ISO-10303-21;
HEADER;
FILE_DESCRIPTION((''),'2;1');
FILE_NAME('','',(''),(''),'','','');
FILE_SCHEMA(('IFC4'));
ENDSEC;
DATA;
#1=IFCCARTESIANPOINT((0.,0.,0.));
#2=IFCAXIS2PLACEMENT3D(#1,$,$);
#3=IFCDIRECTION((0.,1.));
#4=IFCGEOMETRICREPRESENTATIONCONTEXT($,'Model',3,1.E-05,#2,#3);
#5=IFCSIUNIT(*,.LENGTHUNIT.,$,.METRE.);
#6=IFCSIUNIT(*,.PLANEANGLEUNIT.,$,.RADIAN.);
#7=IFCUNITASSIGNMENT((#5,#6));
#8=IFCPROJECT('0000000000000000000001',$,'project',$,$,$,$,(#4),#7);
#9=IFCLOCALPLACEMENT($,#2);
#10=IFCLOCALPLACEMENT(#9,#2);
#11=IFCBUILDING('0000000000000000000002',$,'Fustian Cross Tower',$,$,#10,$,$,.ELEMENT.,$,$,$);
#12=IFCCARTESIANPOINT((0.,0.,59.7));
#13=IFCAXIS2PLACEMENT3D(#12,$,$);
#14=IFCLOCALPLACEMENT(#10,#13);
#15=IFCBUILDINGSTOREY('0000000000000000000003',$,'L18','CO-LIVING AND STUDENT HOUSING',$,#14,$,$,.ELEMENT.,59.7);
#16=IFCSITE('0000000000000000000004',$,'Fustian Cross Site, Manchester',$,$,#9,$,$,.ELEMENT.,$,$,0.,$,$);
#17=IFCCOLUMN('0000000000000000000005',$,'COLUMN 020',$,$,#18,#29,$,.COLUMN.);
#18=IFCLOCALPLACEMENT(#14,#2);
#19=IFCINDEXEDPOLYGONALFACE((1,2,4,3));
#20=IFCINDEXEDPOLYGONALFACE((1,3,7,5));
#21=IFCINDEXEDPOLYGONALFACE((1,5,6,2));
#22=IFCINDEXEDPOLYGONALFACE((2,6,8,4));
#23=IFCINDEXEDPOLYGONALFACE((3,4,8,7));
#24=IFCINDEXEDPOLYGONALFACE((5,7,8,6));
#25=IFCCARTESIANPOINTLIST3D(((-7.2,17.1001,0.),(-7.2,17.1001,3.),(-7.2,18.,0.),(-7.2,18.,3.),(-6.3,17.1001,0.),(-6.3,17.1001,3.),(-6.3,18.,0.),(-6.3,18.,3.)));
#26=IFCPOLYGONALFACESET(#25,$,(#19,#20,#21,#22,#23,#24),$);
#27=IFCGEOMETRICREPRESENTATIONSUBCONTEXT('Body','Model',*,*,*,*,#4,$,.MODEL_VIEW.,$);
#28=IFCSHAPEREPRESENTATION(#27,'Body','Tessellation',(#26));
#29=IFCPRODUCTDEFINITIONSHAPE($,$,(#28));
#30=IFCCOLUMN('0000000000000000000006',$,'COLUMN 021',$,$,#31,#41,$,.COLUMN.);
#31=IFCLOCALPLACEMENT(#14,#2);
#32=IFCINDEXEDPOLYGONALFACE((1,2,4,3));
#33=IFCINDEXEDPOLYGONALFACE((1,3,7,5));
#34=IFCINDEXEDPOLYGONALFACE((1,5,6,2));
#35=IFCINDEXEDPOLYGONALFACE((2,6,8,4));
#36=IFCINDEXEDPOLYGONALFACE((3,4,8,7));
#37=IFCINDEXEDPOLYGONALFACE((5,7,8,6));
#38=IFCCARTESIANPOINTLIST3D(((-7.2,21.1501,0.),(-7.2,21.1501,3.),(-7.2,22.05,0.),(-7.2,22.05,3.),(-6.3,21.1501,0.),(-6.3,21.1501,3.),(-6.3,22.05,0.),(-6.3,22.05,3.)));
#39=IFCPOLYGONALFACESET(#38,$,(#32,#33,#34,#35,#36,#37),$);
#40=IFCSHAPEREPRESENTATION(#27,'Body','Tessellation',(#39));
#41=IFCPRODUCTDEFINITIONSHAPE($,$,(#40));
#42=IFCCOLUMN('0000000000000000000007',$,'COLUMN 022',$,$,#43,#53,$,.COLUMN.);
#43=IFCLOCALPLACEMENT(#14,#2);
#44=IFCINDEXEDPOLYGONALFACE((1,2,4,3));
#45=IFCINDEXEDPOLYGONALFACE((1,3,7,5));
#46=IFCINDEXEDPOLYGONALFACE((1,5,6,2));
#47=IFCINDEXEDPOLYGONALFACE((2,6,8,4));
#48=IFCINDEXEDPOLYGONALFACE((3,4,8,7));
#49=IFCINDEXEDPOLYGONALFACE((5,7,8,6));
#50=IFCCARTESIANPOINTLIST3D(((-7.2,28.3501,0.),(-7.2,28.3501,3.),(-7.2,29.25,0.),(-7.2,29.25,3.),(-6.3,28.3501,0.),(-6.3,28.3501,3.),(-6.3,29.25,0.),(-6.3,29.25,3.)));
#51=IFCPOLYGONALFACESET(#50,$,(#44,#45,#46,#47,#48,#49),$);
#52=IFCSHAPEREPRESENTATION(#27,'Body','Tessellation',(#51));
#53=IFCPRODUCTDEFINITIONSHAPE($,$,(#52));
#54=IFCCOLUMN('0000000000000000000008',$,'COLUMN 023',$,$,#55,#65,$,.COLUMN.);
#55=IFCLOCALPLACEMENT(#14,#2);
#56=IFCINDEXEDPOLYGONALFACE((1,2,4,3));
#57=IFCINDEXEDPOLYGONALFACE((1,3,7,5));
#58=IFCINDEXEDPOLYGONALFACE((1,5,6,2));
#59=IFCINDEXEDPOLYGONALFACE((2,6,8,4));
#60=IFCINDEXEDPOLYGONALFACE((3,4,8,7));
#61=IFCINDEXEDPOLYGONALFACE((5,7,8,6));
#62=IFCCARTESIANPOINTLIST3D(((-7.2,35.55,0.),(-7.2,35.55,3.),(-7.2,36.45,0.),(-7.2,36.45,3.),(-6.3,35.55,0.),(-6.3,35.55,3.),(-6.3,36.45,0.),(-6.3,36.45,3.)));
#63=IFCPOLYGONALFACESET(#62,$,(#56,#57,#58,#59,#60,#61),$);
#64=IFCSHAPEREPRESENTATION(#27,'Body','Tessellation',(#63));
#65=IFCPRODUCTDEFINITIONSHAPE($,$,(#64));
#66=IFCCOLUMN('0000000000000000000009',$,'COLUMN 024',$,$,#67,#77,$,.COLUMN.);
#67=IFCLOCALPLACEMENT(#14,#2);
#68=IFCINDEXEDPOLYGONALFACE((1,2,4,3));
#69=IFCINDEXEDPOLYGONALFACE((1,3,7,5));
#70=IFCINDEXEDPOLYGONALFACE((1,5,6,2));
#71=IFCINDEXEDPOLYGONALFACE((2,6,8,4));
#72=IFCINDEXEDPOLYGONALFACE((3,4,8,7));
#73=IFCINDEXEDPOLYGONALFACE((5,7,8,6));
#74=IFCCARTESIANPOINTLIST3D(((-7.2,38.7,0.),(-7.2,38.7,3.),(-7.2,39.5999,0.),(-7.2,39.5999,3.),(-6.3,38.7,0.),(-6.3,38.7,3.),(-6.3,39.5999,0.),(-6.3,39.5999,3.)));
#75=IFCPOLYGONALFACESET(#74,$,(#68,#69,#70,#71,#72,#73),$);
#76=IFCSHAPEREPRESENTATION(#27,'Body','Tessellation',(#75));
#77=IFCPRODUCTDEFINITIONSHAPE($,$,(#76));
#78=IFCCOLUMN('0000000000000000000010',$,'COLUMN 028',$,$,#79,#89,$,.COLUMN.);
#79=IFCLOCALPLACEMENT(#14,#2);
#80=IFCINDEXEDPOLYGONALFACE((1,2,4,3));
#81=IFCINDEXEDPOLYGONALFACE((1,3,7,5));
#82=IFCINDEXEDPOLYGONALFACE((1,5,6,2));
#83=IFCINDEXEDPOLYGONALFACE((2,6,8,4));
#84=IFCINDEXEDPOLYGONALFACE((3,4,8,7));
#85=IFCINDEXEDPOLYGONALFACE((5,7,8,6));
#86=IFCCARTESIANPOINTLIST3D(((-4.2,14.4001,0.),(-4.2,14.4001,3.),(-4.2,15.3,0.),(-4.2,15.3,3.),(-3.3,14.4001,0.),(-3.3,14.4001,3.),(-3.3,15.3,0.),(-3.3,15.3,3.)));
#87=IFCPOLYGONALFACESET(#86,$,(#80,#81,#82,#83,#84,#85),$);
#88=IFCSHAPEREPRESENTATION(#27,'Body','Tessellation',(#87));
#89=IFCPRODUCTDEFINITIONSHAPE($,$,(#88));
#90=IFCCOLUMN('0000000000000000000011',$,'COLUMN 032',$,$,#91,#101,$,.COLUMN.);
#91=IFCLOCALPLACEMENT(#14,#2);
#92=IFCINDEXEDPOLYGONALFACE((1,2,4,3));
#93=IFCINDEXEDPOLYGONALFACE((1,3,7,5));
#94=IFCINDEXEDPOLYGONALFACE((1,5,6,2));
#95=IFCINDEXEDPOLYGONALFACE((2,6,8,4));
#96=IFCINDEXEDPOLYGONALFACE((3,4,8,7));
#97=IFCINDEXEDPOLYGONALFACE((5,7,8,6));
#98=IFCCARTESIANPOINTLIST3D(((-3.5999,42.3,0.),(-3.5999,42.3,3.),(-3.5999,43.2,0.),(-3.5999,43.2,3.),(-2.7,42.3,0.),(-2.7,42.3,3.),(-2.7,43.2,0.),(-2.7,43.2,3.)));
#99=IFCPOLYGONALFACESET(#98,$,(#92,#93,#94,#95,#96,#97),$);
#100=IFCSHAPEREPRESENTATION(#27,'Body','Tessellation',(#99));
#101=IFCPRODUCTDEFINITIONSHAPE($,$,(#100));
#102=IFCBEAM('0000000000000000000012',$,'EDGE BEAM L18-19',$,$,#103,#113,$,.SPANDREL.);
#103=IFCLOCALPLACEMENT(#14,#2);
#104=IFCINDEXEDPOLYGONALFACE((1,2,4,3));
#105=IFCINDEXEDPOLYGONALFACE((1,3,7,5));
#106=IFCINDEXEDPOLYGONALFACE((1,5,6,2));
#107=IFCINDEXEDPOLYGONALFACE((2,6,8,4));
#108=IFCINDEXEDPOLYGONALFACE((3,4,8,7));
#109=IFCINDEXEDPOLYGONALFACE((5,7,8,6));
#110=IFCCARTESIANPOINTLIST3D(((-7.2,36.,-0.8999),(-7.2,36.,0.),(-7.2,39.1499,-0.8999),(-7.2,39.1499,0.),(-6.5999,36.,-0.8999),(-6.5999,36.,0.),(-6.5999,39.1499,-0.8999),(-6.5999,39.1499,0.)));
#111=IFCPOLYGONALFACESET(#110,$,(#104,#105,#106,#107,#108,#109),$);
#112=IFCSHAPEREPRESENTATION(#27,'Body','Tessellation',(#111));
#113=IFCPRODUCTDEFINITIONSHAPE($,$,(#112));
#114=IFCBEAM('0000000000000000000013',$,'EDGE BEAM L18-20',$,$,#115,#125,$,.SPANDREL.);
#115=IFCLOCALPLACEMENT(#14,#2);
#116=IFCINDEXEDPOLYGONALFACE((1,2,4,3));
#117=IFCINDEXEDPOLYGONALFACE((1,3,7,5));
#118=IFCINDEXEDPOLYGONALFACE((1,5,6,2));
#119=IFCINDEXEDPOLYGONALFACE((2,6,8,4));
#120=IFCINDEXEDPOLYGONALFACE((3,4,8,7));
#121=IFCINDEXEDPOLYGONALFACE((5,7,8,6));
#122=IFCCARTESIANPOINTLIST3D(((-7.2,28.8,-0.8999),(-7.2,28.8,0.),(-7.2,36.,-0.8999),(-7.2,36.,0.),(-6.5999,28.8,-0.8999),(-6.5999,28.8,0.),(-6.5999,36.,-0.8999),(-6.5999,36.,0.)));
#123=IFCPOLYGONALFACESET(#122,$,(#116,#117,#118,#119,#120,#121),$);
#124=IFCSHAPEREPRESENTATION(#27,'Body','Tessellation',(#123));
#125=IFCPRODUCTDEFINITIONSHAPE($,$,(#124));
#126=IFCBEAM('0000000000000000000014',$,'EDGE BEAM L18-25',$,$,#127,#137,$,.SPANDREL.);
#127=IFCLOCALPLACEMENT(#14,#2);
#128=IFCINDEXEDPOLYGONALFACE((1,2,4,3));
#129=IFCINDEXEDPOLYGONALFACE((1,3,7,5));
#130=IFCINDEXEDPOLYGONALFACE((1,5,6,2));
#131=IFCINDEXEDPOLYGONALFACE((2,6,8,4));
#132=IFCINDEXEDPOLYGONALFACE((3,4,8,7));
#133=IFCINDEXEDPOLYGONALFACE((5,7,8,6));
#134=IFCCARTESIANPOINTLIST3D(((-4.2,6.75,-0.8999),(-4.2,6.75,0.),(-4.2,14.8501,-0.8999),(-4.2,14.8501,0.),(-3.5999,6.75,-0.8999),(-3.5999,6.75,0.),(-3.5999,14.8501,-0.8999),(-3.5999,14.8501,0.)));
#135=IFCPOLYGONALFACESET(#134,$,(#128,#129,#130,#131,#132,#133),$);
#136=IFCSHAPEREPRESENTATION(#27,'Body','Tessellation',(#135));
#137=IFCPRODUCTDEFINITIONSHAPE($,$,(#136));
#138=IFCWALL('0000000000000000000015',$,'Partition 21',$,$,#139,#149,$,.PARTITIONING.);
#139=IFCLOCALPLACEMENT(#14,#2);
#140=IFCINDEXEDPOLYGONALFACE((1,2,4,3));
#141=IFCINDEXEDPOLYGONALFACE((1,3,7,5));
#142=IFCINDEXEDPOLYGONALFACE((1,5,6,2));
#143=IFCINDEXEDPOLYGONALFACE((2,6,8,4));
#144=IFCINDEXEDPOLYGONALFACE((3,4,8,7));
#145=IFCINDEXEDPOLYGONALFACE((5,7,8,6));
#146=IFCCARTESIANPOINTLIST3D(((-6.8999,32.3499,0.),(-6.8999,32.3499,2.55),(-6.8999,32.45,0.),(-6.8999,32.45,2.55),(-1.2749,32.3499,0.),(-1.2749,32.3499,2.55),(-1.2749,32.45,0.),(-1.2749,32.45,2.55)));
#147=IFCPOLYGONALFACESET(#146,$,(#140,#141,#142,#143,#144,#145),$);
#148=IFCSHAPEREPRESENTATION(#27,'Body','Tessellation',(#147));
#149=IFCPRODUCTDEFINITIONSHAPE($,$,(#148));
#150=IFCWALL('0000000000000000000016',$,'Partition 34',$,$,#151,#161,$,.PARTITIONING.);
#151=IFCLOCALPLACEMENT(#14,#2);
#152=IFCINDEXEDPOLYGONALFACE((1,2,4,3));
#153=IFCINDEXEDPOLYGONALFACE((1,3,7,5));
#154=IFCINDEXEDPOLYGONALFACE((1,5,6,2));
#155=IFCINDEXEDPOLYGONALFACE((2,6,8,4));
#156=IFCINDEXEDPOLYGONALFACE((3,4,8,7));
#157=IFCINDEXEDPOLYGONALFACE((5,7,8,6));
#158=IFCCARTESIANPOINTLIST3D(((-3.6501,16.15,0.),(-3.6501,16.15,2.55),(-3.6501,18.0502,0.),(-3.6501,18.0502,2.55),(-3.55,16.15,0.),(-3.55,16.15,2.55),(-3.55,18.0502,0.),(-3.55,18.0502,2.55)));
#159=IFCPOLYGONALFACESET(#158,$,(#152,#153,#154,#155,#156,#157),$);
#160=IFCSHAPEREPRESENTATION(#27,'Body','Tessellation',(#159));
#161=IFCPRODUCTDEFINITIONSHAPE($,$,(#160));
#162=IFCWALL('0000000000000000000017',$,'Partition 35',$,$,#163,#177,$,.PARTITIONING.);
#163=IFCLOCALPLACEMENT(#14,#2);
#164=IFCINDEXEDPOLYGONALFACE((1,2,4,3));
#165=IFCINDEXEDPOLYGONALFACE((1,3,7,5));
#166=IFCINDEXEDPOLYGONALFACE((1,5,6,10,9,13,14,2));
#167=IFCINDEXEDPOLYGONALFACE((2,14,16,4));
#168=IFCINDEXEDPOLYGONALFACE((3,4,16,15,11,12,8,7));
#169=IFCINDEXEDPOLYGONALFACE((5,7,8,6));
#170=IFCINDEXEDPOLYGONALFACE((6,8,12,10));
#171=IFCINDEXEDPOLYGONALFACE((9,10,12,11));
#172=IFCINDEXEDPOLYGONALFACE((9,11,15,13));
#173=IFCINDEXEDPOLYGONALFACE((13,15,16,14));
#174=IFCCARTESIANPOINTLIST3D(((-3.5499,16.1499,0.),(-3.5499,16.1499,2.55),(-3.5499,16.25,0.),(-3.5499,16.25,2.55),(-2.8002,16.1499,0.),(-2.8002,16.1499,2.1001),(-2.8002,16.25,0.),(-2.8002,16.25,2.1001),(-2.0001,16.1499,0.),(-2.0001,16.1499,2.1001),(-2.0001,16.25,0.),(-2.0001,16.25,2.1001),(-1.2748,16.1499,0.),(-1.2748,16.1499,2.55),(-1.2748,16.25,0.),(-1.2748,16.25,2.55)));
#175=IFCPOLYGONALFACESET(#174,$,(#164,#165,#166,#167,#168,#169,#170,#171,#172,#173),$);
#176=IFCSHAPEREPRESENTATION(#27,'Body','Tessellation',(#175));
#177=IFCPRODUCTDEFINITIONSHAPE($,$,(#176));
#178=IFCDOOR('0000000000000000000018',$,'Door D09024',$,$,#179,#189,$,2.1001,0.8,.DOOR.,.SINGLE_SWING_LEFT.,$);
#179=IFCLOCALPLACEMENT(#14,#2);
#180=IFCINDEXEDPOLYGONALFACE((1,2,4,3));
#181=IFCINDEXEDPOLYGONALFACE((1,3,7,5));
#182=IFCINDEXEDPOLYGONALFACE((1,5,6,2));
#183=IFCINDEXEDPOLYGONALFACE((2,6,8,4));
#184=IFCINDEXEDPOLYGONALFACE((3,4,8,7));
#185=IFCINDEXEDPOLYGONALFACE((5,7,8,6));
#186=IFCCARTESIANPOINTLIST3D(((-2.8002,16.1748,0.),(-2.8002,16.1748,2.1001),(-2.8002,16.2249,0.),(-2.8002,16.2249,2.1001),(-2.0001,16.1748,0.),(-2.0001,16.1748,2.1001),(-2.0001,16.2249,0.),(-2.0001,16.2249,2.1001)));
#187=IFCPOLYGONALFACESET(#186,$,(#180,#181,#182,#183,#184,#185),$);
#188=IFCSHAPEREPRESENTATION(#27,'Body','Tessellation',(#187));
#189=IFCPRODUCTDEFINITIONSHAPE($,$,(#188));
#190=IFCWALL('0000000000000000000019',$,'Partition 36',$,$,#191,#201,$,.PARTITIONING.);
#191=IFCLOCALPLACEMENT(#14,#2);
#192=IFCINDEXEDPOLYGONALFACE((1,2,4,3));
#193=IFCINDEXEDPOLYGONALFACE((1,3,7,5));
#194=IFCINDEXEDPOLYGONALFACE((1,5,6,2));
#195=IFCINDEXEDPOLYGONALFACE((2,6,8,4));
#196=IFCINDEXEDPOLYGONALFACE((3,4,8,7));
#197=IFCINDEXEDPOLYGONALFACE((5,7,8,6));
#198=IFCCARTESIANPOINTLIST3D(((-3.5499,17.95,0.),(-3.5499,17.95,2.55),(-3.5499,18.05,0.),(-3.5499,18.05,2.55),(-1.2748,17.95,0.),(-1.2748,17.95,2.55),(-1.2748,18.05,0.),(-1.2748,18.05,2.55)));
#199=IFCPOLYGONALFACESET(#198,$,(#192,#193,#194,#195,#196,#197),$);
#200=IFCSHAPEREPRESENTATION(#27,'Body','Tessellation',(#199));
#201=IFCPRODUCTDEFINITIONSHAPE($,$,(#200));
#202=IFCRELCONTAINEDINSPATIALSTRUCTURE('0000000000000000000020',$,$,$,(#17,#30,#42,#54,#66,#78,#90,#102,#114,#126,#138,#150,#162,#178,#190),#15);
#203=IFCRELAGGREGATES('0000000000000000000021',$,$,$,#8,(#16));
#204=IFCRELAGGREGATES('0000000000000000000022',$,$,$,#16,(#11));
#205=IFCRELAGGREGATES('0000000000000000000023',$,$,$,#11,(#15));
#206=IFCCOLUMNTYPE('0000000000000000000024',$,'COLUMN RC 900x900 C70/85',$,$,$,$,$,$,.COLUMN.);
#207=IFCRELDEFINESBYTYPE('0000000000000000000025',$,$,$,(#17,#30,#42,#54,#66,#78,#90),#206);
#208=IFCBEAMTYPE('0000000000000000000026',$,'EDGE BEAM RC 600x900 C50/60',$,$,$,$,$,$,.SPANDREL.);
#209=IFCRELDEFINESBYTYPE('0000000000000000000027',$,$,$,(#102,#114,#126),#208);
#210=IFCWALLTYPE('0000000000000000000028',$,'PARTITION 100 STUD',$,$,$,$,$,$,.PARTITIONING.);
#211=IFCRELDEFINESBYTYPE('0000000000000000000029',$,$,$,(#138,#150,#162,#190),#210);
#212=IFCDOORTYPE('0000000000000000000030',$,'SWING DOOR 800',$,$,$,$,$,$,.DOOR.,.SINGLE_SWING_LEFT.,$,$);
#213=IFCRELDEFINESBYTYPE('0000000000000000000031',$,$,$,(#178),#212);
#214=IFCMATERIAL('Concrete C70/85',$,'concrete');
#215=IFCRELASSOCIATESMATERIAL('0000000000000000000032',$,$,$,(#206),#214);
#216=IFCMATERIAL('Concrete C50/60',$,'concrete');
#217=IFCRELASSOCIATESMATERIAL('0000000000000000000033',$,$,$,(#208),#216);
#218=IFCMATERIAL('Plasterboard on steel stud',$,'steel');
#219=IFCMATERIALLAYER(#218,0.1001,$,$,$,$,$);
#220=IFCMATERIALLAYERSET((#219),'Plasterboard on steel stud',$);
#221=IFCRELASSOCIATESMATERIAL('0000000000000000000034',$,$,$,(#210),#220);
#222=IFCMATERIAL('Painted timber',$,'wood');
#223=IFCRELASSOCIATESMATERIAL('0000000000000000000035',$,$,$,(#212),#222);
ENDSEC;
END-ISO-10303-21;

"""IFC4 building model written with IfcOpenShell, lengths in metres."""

from ifc_helpers import new_model, si_unit, direction, frame, frame_2d, origin, origin_2d, place, context, subcontext, project, spatial, rectangle, extrude, material, layer, layer_set, material_profile, profile_set, type_object, element, fill, save


model = new_model("IFC4")

# Units and contexts
model_context = context("Model", 3, precision=1e-05, world=origin(), true_north=direction((0.0, 1.0)))
body_context = subcontext(model_context, "Body", "Model", "MODEL_VIEW")
ifc_project = project(units=[si_unit("LENGTHUNIT", "METRE"), si_unit("PLANEANGLEUNIT", "RADIAN")], contexts=[model_context])

# Site, building, storey
site_placement = place(None, origin())
site = spatial("IfcSite", under=ifc_project, at=site_placement, Name="Fustian Cross Site, Manchester", CompositionType="ELEMENT", RefElevation=0.0)
building_placement = place(site_placement, origin())
building = spatial("IfcBuilding", under=site, at=building_placement, Name="Fustian Cross Tower", CompositionType="ELEMENT")
storey_placement = place(building_placement, frame((0.0, 0.0, 59.7)))
storey = spatial("IfcBuildingStorey", under=building, at=storey_placement, Name="L18", Description="CO-LIVING AND STUDENT HOUSING", CompositionType="ELEMENT", Elevation=59.7)

# Columns
ifc_material_1 = material(Name="Concrete C70/85", Category="concrete")
ifc_material_profile_1 = material_profile(ifc_material_1, rectangle(XDim=0.8999, YDim=0.8999, at=origin_2d()), Name="RC 900x900")
ifc_profile_set_1 = profile_set([ifc_material_profile_1], Name="Concrete C70/85")
column_type = type_object("IfcColumnType", Name="COLUMN RC 900x900 C70/85", PredefinedType="COLUMN", material=ifc_profile_set_1)
for number, where, z_axis, x_axis, name in (
    (1, (-6.75, 17.55, 0.0), (0.0, 0.0, 1.0), (1.0, 0.0, 0.0), "COLUMN 020"),
    (2, (-6.75, 21.6001, 0.0), (0.0, 0.0, 1.0), (1.0, 0.0, 0.0), "COLUMN 021"),
    (3, (-6.75, 28.8, 0.0), (0.0, 0.0, 1.0), (1.0, 0.0, 0.0), "COLUMN 022"),
    (4, (-6.75, 36.0, 0.0), (0.0, 0.0, 1.0), (1.0, 0.0, 0.0), "COLUMN 023"),
    (5, (-6.75, 39.1499, 0.0), (0.0, 0.0, 1.0), (1.0, 0.0, 0.0), "COLUMN 024"),
    (6, (-3.75, 14.8501, 0.0), (0.0, 0.0, 1.0), (1.0, 0.0, 0.0), "COLUMN 028"),
    (7, (-3.1499, 42.75, 0.0), (0.0, 0.0, 1.0), (1.0, 0.0, 0.0), "COLUMN 032"),
):
    element("IfcColumn", number, at=place(storey_placement, frame(where, z_axis=z_axis, x_axis=x_axis)), inside=storey, type_object=column_type, Name=name, PredefinedType="COLUMN", context=body_context, shape_type="SweptSolid", body=[
        extrude(rectangle(XDim=0.8999, YDim=0.8999, at=origin_2d()), origin(), (0.0, 0.0, 1.0), 3.0),
    ])

# Beams
ifc_material_2 = material(Name="Concrete C50/60", Category="concrete")
ifc_material_profile_2 = material_profile(ifc_material_2, rectangle(XDim=0.6001, YDim=0.8999, at=origin_2d()), Name="RC 600x900")
ifc_profile_set_2 = profile_set([ifc_material_profile_2], Name="Concrete C50/60")
beam_type = type_object("IfcBeamType", Name="EDGE BEAM RC 600x900 C50/60", PredefinedType="SPANDREL", material=ifc_profile_set_2)
beam_1_placement = place(storey_placement, frame((-6.8999, 39.1499, -0.45), z_axis=(0.0, -1.0, 0.0), x_axis=(1.0, 0.0, 0.0)))
element("IfcBeam", 8, at=beam_1_placement, inside=storey, type_object=beam_type, Name="EDGE BEAM L18-19", PredefinedType="SPANDREL", context=body_context, shape_type="SweptSolid", body=[
    extrude(rectangle(XDim=0.6001, YDim=0.8999, at=origin_2d()), origin(), (0.0, 0.0, 1.0), 3.1499),
])
beam_2_placement = place(storey_placement, frame((-6.8999, 36.0, -0.45), z_axis=(0.0, -1.0, 0.0), x_axis=(1.0, 0.0, 0.0)))
element("IfcBeam", 9, at=beam_2_placement, inside=storey, type_object=beam_type, Name="EDGE BEAM L18-20", PredefinedType="SPANDREL", context=body_context, shape_type="SweptSolid", body=[
    extrude(rectangle(XDim=0.6001, YDim=0.8999, at=origin_2d()), origin(), (0.0, 0.0, 1.0), 7.2),
])
beam_3_placement = place(storey_placement, frame((-3.8999, 14.8501, -0.45), z_axis=(0.0, -1.0, 0.0), x_axis=(1.0, 0.0, 0.0)))
element("IfcBeam", 10, at=beam_3_placement, inside=storey, type_object=beam_type, Name="EDGE BEAM L18-25", PredefinedType="SPANDREL", context=body_context, shape_type="SweptSolid", body=[
    extrude(rectangle(XDim=0.6001, YDim=0.8999, at=origin_2d()), origin(), (0.0, 0.0, 1.0), 8.1001),
])

# Walls
ifc_material_3 = material(Name="Plasterboard on steel stud", Category="steel")
ifc_layer_1 = layer(ifc_material_3, 0.1001)
ifc_layer_set_1 = layer_set([ifc_layer_1], Name="Plasterboard on steel stud")
wall_type_1 = type_object("IfcWallType", Name="PARTITION 100 STUD", PredefinedType="PARTITIONING", material=ifc_layer_set_1)
wall_1_placement = place(storey_placement, frame((-6.8999, 32.3999, 0.0), z_axis=(0.0, 0.0, 1.0), x_axis=(1.0, 0.0, 0.0)))
element("IfcWall", 11, at=wall_1_placement, inside=storey, type_object=wall_type_1, Name="Partition 21", PredefinedType="PARTITIONING", context=body_context, shape_type="SweptSolid", body=[
    extrude(rectangle(XDim=5.625, YDim=0.1001, at=frame_2d((2.8125, 0.0))), origin(), (0.0, 0.0, 1.0), 2.55),
])
wall_2_placement = place(storey_placement, frame((-3.6001, 16.1499, 0.0), z_axis=(0.0, 0.0, 1.0), x_axis=(0.0, 1.0, 0.0)))
element("IfcWall", 12, at=wall_2_placement, inside=storey, type_object=wall_type_1, Name="Partition 34", PredefinedType="PARTITIONING", context=body_context, shape_type="SweptSolid", body=[
    extrude(rectangle(XDim=1.9001, YDim=0.1001, at=frame_2d((0.9502, 0.0))), origin(), (0.0, 0.0, 1.0), 2.55),
])

# Wall, opening, door
wall_3_placement = place(storey_placement, frame((-3.55, 16.2, 0.0), z_axis=(0.0, 0.0, 1.0), x_axis=(1.0, 0.0, 0.0)))
wall_3 = element("IfcWall", 13, at=wall_3_placement, inside=storey, type_object=wall_type_1, Name="Partition 35", PredefinedType="PARTITIONING", context=body_context, shape_type="SweptSolid", body=[
    extrude(rectangle(XDim=2.2751, YDim=0.1001, at=frame_2d((1.1377, 0.0))), origin(), (0.0, 0.0, 1.0), 2.55),
])
opening_1_placement = place(wall_3_placement, frame((0.75, 0.0, 0.0)))
opening_1 = element("IfcOpeningElement", 14, at=opening_1_placement, cuts=wall_3, PredefinedType="OPENING", context=body_context, shape_type="SweptSolid", body=[
    extrude(rectangle(XDim=0.8, YDim=2.1001, at=frame_2d((0.3999, 1.05))), frame((0.0, 0.0601, 0.0), z_axis=(0.0, -1.0, 0.0), x_axis=(1.0, 0.0, 0.0)), (0.0, 0.0, 1.0), 0.1201),
])
ifc_material_4 = material(Name="Painted timber", Category="wood")
door_type_1 = type_object("IfcDoorType", Name="SWING DOOR 800", OperationType="SINGLE_SWING_LEFT", PredefinedType="DOOR", material=ifc_material_4)
door_1_placement = place(opening_1_placement, origin())
door_1 = element("IfcDoor", 15, at=door_1_placement, inside=storey, type_object=door_type_1, Name="Door D09024", OperationType="SINGLE_SWING_LEFT", OverallHeight=2.1001, OverallWidth=0.8, PredefinedType="DOOR", context=body_context, shape_type="SweptSolid", body=[
    extrude(rectangle(XDim=0.8, YDim=2.1001, at=frame_2d((0.3999, 1.05))), frame((0.0, 0.0249, 0.0), z_axis=(0.0, -1.0, 0.0), x_axis=(1.0, 0.0, 0.0)), (0.0, 0.0, 1.0), 0.05),
])
fill(opening_1, door_1)

# Wall
wall_4_placement = place(storey_placement, frame((-3.55, 18.0, 0.0), z_axis=(0.0, 0.0, 1.0), x_axis=(1.0, 0.0, 0.0)))
element("IfcWall", 16, at=wall_4_placement, inside=storey, type_object=wall_type_1, Name="Partition 36", PredefinedType="PARTITIONING", context=body_context, shape_type="SweptSolid", body=[
    extrude(rectangle(XDim=2.2751, YDim=0.1001, at=frame_2d((1.1377, 0.0))), origin(), (0.0, 0.0, 1.0), 2.55),
])

save(model, "model.ifc")
